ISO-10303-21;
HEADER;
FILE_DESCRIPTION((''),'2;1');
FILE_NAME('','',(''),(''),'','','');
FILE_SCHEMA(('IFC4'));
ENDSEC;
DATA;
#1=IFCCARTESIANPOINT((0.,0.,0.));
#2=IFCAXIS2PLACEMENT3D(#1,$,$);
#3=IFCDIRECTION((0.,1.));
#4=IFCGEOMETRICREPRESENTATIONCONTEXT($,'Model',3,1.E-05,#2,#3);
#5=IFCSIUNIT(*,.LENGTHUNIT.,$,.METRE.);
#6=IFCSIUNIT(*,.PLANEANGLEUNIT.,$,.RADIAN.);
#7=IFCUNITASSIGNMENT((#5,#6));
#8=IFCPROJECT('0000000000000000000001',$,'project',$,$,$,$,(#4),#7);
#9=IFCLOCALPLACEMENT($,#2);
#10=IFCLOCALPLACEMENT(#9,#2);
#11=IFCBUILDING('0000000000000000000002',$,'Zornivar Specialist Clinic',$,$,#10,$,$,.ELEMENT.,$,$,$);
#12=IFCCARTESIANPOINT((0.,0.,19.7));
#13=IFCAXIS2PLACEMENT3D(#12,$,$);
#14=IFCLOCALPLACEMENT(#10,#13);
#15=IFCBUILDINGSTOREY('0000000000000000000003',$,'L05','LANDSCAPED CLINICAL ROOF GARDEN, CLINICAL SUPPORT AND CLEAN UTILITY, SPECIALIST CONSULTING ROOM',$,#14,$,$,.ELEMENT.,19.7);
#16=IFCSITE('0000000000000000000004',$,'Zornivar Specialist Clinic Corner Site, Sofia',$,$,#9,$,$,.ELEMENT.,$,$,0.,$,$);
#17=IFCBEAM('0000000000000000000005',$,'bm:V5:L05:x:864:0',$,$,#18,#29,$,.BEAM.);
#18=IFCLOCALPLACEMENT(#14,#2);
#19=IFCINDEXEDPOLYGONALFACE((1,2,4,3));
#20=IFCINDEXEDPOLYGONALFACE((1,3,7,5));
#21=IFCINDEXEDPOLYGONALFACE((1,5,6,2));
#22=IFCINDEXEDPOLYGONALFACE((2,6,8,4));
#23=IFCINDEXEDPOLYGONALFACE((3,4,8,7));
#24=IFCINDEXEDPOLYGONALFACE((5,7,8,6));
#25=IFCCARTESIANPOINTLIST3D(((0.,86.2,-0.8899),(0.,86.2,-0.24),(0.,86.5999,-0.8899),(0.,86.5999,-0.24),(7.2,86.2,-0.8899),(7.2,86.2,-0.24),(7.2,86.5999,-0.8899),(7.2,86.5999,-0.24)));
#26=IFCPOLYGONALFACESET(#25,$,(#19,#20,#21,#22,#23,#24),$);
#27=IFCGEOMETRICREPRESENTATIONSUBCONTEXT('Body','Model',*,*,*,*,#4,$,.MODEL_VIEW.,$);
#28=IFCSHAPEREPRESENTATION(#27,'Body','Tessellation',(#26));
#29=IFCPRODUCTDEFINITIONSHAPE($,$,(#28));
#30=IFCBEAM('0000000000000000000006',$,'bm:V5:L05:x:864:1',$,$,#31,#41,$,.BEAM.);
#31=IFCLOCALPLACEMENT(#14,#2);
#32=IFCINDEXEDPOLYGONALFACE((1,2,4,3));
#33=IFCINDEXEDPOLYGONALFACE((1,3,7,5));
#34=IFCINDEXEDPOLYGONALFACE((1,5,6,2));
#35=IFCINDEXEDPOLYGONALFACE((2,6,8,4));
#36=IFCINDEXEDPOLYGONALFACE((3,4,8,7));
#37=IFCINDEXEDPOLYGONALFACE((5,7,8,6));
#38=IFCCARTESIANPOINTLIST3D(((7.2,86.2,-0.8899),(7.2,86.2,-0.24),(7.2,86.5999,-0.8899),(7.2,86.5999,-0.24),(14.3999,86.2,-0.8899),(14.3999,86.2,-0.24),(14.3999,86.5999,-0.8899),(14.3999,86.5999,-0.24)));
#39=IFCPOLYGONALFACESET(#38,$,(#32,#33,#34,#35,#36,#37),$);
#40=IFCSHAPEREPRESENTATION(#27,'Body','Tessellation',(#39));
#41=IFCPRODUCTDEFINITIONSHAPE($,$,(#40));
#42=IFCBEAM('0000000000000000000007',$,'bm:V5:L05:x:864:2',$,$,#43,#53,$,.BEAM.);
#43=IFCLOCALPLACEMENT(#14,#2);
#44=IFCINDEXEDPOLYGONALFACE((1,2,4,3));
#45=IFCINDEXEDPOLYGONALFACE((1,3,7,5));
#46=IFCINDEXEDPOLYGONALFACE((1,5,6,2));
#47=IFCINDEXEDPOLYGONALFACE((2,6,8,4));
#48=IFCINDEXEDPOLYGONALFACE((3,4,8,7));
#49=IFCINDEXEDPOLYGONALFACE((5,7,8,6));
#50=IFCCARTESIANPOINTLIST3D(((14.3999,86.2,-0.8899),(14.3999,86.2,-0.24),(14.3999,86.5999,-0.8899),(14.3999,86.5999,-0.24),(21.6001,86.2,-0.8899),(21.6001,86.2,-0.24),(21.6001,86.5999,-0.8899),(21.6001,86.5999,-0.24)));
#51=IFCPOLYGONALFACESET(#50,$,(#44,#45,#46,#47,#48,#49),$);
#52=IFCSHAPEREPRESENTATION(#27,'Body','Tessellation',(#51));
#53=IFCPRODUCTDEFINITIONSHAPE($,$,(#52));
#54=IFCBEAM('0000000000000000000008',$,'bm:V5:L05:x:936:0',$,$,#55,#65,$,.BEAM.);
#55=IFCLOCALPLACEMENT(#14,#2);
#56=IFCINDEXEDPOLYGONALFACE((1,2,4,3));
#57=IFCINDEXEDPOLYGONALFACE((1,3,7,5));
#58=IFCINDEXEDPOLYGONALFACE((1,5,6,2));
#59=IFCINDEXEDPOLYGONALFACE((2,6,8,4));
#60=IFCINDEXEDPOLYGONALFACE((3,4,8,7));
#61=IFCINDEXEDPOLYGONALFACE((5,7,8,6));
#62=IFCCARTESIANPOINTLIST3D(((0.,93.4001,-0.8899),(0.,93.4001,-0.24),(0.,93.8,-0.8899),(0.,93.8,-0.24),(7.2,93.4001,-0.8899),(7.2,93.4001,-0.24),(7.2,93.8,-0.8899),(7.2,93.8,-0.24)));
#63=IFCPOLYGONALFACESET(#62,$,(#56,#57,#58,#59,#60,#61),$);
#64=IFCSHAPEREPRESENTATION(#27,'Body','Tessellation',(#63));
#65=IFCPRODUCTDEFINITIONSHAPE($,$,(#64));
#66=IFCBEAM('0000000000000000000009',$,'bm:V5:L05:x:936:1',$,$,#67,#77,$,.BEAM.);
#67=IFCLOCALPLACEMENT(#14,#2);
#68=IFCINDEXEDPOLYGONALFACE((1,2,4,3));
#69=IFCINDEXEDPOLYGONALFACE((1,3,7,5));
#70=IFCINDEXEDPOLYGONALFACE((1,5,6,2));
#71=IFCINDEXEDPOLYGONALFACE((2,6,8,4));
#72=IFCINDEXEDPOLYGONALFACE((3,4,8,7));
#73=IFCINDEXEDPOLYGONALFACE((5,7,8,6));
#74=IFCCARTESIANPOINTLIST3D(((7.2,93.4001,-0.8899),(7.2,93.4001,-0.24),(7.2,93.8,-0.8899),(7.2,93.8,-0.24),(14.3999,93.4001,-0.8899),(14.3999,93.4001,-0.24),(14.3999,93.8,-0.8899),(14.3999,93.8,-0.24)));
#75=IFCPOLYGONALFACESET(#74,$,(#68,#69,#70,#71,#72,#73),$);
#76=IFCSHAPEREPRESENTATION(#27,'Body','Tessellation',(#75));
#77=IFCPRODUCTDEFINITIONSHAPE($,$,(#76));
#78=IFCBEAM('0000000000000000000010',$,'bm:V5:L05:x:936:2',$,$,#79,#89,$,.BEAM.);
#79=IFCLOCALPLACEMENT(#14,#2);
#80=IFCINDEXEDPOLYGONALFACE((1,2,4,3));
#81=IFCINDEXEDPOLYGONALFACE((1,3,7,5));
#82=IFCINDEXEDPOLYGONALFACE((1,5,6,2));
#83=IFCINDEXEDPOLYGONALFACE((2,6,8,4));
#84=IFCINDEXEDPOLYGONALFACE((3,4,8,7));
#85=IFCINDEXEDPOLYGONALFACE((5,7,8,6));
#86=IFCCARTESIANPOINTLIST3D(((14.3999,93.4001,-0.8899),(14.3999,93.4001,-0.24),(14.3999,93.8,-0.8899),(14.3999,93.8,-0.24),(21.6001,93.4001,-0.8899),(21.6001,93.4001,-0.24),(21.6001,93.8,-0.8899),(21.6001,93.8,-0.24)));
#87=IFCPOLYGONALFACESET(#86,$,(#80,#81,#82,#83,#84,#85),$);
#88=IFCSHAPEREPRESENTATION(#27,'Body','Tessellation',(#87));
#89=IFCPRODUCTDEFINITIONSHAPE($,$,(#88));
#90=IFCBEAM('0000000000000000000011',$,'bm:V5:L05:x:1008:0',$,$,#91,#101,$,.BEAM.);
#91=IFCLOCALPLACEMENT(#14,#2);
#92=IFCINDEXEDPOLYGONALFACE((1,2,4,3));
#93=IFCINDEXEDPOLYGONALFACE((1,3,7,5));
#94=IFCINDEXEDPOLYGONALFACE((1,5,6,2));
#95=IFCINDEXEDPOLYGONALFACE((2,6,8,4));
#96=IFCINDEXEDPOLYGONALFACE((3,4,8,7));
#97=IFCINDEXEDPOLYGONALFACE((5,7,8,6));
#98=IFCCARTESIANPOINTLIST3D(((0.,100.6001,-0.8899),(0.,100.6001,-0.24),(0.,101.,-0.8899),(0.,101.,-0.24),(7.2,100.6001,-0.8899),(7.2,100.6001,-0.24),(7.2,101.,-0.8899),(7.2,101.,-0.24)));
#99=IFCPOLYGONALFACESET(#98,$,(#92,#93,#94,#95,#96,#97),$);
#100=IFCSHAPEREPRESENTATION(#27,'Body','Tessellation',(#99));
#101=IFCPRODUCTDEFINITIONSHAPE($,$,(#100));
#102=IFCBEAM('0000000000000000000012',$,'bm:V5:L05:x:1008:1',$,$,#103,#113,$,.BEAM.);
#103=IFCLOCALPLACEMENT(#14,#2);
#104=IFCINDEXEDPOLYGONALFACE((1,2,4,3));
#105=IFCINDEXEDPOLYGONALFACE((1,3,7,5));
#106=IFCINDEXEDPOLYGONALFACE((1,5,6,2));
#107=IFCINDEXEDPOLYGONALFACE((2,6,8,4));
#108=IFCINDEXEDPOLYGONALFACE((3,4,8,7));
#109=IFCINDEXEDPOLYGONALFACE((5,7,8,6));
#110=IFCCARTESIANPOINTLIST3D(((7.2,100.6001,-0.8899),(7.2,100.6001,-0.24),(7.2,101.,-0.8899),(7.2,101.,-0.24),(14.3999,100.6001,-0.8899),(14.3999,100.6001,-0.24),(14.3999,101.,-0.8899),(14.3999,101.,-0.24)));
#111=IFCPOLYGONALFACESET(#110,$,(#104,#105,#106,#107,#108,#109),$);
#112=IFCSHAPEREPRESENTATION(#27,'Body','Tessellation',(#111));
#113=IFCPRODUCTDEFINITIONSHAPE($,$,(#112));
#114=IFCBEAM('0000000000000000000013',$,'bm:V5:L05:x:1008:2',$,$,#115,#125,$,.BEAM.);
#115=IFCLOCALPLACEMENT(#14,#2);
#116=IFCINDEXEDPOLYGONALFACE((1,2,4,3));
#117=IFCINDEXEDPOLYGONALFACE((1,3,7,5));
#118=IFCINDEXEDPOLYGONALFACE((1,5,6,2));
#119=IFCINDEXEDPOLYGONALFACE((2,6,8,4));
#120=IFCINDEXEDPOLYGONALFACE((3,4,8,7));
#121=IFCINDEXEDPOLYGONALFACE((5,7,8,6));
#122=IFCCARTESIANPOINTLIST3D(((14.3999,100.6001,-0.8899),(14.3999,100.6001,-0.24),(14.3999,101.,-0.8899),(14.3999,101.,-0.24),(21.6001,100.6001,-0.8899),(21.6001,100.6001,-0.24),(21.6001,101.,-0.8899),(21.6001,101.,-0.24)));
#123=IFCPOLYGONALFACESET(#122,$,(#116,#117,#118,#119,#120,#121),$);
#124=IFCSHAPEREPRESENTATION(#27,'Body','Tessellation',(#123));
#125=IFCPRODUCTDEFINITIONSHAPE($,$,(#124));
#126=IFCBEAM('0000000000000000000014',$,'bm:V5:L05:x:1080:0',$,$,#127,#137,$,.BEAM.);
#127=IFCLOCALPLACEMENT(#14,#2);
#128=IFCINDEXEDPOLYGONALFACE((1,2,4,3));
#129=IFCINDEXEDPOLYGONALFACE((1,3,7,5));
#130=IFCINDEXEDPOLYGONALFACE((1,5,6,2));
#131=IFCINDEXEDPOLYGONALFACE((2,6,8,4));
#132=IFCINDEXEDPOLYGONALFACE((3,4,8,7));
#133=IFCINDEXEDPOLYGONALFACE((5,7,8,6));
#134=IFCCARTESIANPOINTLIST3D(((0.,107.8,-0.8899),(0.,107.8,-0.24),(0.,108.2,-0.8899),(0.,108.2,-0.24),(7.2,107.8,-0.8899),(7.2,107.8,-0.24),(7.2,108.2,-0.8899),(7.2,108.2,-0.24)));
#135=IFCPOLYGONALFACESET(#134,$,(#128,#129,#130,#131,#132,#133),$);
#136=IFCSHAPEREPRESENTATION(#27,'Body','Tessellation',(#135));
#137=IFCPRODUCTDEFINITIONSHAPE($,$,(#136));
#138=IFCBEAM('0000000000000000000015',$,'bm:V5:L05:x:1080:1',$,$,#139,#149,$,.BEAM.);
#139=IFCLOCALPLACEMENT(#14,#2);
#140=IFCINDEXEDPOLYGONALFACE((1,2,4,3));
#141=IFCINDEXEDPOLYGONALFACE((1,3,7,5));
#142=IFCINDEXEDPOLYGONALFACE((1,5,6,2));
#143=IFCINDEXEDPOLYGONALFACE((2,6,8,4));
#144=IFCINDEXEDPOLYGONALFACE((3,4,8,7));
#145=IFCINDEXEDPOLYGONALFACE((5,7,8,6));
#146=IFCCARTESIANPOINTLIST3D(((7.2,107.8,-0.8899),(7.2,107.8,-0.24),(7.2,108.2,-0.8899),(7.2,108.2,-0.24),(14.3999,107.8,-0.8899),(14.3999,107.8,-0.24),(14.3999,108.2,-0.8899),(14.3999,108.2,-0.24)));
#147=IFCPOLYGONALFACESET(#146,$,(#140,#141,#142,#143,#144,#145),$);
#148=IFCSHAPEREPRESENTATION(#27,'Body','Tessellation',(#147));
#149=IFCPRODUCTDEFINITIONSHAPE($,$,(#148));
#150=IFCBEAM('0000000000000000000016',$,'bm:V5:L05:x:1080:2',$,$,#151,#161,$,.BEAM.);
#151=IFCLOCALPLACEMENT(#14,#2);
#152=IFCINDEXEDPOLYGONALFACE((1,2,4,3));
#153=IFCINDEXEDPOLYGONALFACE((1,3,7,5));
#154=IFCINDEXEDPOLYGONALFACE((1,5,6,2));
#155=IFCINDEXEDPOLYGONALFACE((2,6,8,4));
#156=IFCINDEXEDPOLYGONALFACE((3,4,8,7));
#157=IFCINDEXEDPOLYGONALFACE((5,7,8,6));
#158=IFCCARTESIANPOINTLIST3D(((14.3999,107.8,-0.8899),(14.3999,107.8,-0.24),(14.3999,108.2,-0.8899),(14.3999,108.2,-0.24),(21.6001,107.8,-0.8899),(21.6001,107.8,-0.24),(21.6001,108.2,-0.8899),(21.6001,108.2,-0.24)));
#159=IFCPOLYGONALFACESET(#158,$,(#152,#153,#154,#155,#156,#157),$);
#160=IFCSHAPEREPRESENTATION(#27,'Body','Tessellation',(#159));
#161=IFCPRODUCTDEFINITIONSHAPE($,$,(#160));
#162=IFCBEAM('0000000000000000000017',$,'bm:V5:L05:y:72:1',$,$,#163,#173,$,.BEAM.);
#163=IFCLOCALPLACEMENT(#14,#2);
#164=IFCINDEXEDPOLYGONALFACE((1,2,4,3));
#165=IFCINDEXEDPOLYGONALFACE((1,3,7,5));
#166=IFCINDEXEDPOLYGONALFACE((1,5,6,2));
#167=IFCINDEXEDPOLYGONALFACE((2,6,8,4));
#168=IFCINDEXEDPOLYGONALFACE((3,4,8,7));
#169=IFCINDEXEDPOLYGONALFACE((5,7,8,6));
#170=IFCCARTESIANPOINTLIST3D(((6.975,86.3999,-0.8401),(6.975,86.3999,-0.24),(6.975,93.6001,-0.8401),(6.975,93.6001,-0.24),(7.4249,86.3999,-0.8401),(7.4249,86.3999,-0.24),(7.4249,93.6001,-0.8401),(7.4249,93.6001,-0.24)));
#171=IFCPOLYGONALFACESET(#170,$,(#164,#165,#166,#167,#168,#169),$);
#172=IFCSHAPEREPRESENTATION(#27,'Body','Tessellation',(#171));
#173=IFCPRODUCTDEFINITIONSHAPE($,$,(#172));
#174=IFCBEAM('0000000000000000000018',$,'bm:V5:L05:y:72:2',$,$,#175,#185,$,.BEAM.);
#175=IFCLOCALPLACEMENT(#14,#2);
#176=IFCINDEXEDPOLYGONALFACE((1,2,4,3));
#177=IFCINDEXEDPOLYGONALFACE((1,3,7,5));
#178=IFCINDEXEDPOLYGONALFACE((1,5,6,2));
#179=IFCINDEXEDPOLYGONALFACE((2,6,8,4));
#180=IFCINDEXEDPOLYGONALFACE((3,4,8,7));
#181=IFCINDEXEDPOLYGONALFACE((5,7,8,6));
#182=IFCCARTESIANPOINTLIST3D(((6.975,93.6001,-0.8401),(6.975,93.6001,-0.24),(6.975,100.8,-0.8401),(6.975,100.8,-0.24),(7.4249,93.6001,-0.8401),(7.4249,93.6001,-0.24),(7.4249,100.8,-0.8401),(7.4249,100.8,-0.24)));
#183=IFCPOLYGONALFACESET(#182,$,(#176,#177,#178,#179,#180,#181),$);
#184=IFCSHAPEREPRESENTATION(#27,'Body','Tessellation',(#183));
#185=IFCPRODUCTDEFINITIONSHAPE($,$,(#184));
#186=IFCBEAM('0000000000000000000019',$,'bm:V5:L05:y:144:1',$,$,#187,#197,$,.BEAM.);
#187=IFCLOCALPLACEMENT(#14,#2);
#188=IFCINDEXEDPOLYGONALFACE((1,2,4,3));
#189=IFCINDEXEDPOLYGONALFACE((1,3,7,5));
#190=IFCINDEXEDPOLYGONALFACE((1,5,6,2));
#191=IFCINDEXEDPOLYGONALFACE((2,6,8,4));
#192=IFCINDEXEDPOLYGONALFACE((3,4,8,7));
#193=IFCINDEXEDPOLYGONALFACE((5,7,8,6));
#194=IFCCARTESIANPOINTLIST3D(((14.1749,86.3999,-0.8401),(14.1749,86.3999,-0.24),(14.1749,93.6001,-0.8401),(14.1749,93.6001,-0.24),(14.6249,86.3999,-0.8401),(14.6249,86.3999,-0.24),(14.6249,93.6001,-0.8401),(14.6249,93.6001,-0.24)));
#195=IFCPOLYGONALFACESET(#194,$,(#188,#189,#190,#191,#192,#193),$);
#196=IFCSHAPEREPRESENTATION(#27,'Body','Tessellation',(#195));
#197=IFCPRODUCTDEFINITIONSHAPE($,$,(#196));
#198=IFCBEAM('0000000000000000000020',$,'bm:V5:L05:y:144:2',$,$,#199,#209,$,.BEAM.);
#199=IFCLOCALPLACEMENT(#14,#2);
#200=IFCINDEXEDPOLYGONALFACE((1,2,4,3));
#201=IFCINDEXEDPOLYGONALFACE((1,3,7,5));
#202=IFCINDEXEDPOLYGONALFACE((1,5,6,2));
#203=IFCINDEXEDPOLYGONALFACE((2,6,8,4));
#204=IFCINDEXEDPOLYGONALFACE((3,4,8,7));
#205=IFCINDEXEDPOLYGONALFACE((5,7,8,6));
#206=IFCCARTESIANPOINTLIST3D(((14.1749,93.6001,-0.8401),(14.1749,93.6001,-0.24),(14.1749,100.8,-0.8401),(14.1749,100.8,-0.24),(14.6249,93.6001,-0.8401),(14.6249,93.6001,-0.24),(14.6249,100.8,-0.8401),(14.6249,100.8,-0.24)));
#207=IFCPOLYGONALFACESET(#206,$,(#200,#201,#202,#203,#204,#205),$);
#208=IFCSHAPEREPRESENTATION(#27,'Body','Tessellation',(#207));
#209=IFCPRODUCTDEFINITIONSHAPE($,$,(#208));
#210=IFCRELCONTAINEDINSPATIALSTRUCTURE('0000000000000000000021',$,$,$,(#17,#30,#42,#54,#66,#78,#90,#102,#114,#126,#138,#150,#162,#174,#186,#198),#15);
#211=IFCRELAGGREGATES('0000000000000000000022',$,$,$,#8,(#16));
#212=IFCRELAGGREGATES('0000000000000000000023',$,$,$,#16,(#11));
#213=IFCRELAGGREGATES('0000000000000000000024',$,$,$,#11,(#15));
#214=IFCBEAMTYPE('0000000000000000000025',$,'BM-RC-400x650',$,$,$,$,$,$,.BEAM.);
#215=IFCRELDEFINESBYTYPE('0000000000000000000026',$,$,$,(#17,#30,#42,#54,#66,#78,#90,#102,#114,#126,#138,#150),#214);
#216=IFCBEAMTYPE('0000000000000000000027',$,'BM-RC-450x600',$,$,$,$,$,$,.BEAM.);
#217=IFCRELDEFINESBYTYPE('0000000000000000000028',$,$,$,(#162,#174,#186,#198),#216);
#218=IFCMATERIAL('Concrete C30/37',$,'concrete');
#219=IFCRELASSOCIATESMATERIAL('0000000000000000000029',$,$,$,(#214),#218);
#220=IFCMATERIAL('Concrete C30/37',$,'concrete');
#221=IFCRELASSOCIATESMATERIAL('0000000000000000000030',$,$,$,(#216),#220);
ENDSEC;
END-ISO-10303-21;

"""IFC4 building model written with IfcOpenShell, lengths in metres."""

from ifc_helpers import new_model, si_unit, direction, frame, origin, origin_2d, place, context, subcontext, project, spatial, rectangle, extrude, material, material_profile, profile_set, type_object, element, save


model = new_model("IFC4")

# Units and contexts
model_context = context("Model", 3, precision=1e-05, world=origin(), true_north=direction((0.0, 1.0)))
body_context = subcontext(model_context, "Body", "Model", "MODEL_VIEW")
ifc_project = project(units=[si_unit("LENGTHUNIT", "METRE"), si_unit("PLANEANGLEUNIT", "RADIAN")], contexts=[model_context])

# Site, building, storey
site_placement = place(None, origin())
site = spatial("IfcSite", under=ifc_project, at=site_placement, Name="Zornivar Specialist Clinic Corner Site, Sofia", CompositionType="ELEMENT", RefElevation=0.0)
building_placement = place(site_placement, origin())
building = spatial("IfcBuilding", under=site, at=building_placement, Name="Zornivar Specialist Clinic", CompositionType="ELEMENT")
storey_placement = place(building_placement, frame((0.0, 0.0, 19.7)))
storey = spatial("IfcBuildingStorey", under=building, at=storey_placement, Name="L05", Description="LANDSCAPED CLINICAL ROOF GARDEN, CLINICAL SUPPORT AND CLEAN UTILITY, SPECIALIST CONSULTING ROOM", CompositionType="ELEMENT", Elevation=19.7)

# Beams
ifc_material_1 = material(Name="Concrete C30/37", Category="concrete")
ifc_material_profile_1 = material_profile(ifc_material_1, rectangle(XDim=0.3999, YDim=0.6499, at=origin_2d()), Name="RC 400x650")
ifc_profile_set_1 = profile_set([ifc_material_profile_1], Name="Concrete C30/37")
beam_type_1 = type_object("IfcBeamType", Name="BM-RC-400x650", PredefinedType="BEAM", material=ifc_profile_set_1)
for number, where, z_axis, x_axis, name in (
    (1, (0.0, 86.3999, -0.5649), (1.0, 0.0, 0.0), (0.0, 1.0, 0.0), "bm:V5:L05:x:864:0"),
    (2, (7.2, 86.3999, -0.5649), (1.0, 0.0, 0.0), (0.0, 1.0, 0.0), "bm:V5:L05:x:864:1"),
):
    element("IfcBeam", number, at=place(storey_placement, frame(where, z_axis=z_axis, x_axis=x_axis)), inside=storey, type_object=beam_type_1, Name=name, PredefinedType="BEAM", context=body_context, shape_type="SweptSolid", body=[
        extrude(rectangle(XDim=0.3999, YDim=0.6499, at=origin_2d()), origin(), (0.0, 0.0, 1.0), 7.2),
    ])
beam_1_placement = place(storey_placement, frame((14.3999, 86.3999, -0.5649), z_axis=(1.0, 0.0, 0.0), x_axis=(0.0, 1.0, 0.0)))
element("IfcBeam", 3, at=beam_1_placement, inside=storey, type_object=beam_type_1, Name="bm:V5:L05:x:864:2", PredefinedType="BEAM", context=body_context, shape_type="SweptSolid", body=[
    extrude(rectangle(XDim=0.3999, YDim=0.6499, at=origin_2d()), origin(), (0.0, 0.0, 1.0), 7.2002),
])
for number, where, z_axis, x_axis, name in (
    (4, (0.0, 93.6001, -0.5649), (1.0, 0.0, 0.0), (0.0, 1.0, 0.0), "bm:V5:L05:x:936:0"),
    (5, (7.2, 93.6001, -0.5649), (1.0, 0.0, 0.0), (0.0, 1.0, 0.0), "bm:V5:L05:x:936:1"),
):
    element("IfcBeam", number, at=place(storey_placement, frame(where, z_axis=z_axis, x_axis=x_axis)), inside=storey, type_object=beam_type_1, Name=name, PredefinedType="BEAM", context=body_context, shape_type="SweptSolid", body=[
        extrude(rectangle(XDim=0.3999, YDim=0.6499, at=origin_2d()), origin(), (0.0, 0.0, 1.0), 7.2),
    ])
beam_2_placement = place(storey_placement, frame((14.3999, 93.6001, -0.5649), z_axis=(1.0, 0.0, 0.0), x_axis=(0.0, 1.0, 0.0)))
element("IfcBeam", 6, at=beam_2_placement, inside=storey, type_object=beam_type_1, Name="bm:V5:L05:x:936:2", PredefinedType="BEAM", context=body_context, shape_type="SweptSolid", body=[
    extrude(rectangle(XDim=0.3999, YDim=0.6499, at=origin_2d()), origin(), (0.0, 0.0, 1.0), 7.2002),
])
for number, where, z_axis, x_axis, name in (
    (7, (0.0, 100.8, -0.5649), (1.0, 0.0, 0.0), (0.0, 1.0, 0.0), "bm:V5:L05:x:1008:0"),
    (8, (7.2, 100.8, -0.5649), (1.0, 0.0, 0.0), (0.0, 1.0, 0.0), "bm:V5:L05:x:1008:1"),
):
    element("IfcBeam", number, at=place(storey_placement, frame(where, z_axis=z_axis, x_axis=x_axis)), inside=storey, type_object=beam_type_1, Name=name, PredefinedType="BEAM", context=body_context, shape_type="SweptSolid", body=[
        extrude(rectangle(XDim=0.3999, YDim=0.6499, at=origin_2d()), origin(), (0.0, 0.0, 1.0), 7.2),
    ])
beam_3_placement = place(storey_placement, frame((14.3999, 100.8, -0.5649), z_axis=(1.0, 0.0, 0.0), x_axis=(0.0, 1.0, 0.0)))
element("IfcBeam", 9, at=beam_3_placement, inside=storey, type_object=beam_type_1, Name="bm:V5:L05:x:1008:2", PredefinedType="BEAM", context=body_context, shape_type="SweptSolid", body=[
    extrude(rectangle(XDim=0.3999, YDim=0.6499, at=origin_2d()), origin(), (0.0, 0.0, 1.0), 7.2002),
])
for number, where, z_axis, x_axis, name in (
    (10, (0.0, 108.0, -0.5649), (1.0, 0.0, 0.0), (0.0, 1.0, 0.0), "bm:V5:L05:x:1080:0"),
    (11, (7.2, 108.0, -0.5649), (1.0, 0.0, 0.0), (0.0, 1.0, 0.0), "bm:V5:L05:x:1080:1"),
):
    element("IfcBeam", number, at=place(storey_placement, frame(where, z_axis=z_axis, x_axis=x_axis)), inside=storey, type_object=beam_type_1, Name=name, PredefinedType="BEAM", context=body_context, shape_type="SweptSolid", body=[
        extrude(rectangle(XDim=0.3999, YDim=0.6499, at=origin_2d()), origin(), (0.0, 0.0, 1.0), 7.2),
    ])
beam_4_placement = place(storey_placement, frame((14.3999, 108.0, -0.5649), z_axis=(1.0, 0.0, 0.0), x_axis=(0.0, 1.0, 0.0)))
element("IfcBeam", 12, at=beam_4_placement, inside=storey, type_object=beam_type_1, Name="bm:V5:L05:x:1080:2", PredefinedType="BEAM", context=body_context, shape_type="SweptSolid", body=[
    extrude(rectangle(XDim=0.3999, YDim=0.6499, at=origin_2d()), origin(), (0.0, 0.0, 1.0), 7.2002),
])
ifc_material_2 = material(Name="Concrete C30/37", Category="concrete")
ifc_material_profile_2 = material_profile(ifc_material_2, rectangle(XDim=0.45, YDim=0.6001, at=origin_2d()), Name="RC 450x600")
ifc_profile_set_2 = profile_set([ifc_material_profile_2], Name="Concrete C30/37")
beam_type_2 = type_object("IfcBeamType", Name="BM-RC-450x600", PredefinedType="BEAM", material=ifc_profile_set_2)
beam_5_placement = place(storey_placement, frame((7.2, 86.3999, -0.54), z_axis=(0.0, 1.0, 0.0), x_axis=(-1.0, 0.0, 0.0)))
element("IfcBeam", 13, at=beam_5_placement, inside=storey, type_object=beam_type_2, Name="bm:V5:L05:y:72:1", PredefinedType="BEAM", context=body_context, shape_type="SweptSolid", body=[
    extrude(rectangle(XDim=0.45, YDim=0.6001, at=origin_2d()), origin(), (0.0, 0.0, 1.0), 7.2002),
])
beam_6_placement = place(storey_placement, frame((7.2, 93.6001, -0.54), z_axis=(0.0, 1.0, 0.0), x_axis=(-1.0, 0.0, 0.0)))
element("IfcBeam", 14, at=beam_6_placement, inside=storey, type_object=beam_type_2, Name="bm:V5:L05:y:72:2", PredefinedType="BEAM", context=body_context, shape_type="SweptSolid", body=[
    extrude(rectangle(XDim=0.45, YDim=0.6001, at=origin_2d()), origin(), (0.0, 0.0, 1.0), 7.2),
])
beam_7_placement = place(storey_placement, frame((14.3999, 86.3999, -0.54), z_axis=(0.0, 1.0, 0.0), x_axis=(-1.0, 0.0, 0.0)))
element("IfcBeam", 15, at=beam_7_placement, inside=storey, type_object=beam_type_2, Name="bm:V5:L05:y:144:1", PredefinedType="BEAM", context=body_context, shape_type="SweptSolid", body=[
    extrude(rectangle(XDim=0.45, YDim=0.6001, at=origin_2d()), origin(), (0.0, 0.0, 1.0), 7.2002),
])
for number, where, z_axis, x_axis, name in (
    (16, (14.3999, 93.6001, -0.54), (0.0, 1.0, 0.0), (-1.0, 0.0, 0.0), "bm:V5:L05:y:144:2"),
):
    element("IfcBeam", number, at=place(storey_placement, frame(where, z_axis=z_axis, x_axis=x_axis)), inside=storey, type_object=beam_type_2, Name=name, PredefinedType="BEAM", context=body_context, shape_type="SweptSolid", body=[
        extrude(rectangle(XDim=0.45, YDim=0.6001, at=origin_2d()), origin(), (0.0, 0.0, 1.0), 7.2),
    ])

save(model, "model.ifc")
